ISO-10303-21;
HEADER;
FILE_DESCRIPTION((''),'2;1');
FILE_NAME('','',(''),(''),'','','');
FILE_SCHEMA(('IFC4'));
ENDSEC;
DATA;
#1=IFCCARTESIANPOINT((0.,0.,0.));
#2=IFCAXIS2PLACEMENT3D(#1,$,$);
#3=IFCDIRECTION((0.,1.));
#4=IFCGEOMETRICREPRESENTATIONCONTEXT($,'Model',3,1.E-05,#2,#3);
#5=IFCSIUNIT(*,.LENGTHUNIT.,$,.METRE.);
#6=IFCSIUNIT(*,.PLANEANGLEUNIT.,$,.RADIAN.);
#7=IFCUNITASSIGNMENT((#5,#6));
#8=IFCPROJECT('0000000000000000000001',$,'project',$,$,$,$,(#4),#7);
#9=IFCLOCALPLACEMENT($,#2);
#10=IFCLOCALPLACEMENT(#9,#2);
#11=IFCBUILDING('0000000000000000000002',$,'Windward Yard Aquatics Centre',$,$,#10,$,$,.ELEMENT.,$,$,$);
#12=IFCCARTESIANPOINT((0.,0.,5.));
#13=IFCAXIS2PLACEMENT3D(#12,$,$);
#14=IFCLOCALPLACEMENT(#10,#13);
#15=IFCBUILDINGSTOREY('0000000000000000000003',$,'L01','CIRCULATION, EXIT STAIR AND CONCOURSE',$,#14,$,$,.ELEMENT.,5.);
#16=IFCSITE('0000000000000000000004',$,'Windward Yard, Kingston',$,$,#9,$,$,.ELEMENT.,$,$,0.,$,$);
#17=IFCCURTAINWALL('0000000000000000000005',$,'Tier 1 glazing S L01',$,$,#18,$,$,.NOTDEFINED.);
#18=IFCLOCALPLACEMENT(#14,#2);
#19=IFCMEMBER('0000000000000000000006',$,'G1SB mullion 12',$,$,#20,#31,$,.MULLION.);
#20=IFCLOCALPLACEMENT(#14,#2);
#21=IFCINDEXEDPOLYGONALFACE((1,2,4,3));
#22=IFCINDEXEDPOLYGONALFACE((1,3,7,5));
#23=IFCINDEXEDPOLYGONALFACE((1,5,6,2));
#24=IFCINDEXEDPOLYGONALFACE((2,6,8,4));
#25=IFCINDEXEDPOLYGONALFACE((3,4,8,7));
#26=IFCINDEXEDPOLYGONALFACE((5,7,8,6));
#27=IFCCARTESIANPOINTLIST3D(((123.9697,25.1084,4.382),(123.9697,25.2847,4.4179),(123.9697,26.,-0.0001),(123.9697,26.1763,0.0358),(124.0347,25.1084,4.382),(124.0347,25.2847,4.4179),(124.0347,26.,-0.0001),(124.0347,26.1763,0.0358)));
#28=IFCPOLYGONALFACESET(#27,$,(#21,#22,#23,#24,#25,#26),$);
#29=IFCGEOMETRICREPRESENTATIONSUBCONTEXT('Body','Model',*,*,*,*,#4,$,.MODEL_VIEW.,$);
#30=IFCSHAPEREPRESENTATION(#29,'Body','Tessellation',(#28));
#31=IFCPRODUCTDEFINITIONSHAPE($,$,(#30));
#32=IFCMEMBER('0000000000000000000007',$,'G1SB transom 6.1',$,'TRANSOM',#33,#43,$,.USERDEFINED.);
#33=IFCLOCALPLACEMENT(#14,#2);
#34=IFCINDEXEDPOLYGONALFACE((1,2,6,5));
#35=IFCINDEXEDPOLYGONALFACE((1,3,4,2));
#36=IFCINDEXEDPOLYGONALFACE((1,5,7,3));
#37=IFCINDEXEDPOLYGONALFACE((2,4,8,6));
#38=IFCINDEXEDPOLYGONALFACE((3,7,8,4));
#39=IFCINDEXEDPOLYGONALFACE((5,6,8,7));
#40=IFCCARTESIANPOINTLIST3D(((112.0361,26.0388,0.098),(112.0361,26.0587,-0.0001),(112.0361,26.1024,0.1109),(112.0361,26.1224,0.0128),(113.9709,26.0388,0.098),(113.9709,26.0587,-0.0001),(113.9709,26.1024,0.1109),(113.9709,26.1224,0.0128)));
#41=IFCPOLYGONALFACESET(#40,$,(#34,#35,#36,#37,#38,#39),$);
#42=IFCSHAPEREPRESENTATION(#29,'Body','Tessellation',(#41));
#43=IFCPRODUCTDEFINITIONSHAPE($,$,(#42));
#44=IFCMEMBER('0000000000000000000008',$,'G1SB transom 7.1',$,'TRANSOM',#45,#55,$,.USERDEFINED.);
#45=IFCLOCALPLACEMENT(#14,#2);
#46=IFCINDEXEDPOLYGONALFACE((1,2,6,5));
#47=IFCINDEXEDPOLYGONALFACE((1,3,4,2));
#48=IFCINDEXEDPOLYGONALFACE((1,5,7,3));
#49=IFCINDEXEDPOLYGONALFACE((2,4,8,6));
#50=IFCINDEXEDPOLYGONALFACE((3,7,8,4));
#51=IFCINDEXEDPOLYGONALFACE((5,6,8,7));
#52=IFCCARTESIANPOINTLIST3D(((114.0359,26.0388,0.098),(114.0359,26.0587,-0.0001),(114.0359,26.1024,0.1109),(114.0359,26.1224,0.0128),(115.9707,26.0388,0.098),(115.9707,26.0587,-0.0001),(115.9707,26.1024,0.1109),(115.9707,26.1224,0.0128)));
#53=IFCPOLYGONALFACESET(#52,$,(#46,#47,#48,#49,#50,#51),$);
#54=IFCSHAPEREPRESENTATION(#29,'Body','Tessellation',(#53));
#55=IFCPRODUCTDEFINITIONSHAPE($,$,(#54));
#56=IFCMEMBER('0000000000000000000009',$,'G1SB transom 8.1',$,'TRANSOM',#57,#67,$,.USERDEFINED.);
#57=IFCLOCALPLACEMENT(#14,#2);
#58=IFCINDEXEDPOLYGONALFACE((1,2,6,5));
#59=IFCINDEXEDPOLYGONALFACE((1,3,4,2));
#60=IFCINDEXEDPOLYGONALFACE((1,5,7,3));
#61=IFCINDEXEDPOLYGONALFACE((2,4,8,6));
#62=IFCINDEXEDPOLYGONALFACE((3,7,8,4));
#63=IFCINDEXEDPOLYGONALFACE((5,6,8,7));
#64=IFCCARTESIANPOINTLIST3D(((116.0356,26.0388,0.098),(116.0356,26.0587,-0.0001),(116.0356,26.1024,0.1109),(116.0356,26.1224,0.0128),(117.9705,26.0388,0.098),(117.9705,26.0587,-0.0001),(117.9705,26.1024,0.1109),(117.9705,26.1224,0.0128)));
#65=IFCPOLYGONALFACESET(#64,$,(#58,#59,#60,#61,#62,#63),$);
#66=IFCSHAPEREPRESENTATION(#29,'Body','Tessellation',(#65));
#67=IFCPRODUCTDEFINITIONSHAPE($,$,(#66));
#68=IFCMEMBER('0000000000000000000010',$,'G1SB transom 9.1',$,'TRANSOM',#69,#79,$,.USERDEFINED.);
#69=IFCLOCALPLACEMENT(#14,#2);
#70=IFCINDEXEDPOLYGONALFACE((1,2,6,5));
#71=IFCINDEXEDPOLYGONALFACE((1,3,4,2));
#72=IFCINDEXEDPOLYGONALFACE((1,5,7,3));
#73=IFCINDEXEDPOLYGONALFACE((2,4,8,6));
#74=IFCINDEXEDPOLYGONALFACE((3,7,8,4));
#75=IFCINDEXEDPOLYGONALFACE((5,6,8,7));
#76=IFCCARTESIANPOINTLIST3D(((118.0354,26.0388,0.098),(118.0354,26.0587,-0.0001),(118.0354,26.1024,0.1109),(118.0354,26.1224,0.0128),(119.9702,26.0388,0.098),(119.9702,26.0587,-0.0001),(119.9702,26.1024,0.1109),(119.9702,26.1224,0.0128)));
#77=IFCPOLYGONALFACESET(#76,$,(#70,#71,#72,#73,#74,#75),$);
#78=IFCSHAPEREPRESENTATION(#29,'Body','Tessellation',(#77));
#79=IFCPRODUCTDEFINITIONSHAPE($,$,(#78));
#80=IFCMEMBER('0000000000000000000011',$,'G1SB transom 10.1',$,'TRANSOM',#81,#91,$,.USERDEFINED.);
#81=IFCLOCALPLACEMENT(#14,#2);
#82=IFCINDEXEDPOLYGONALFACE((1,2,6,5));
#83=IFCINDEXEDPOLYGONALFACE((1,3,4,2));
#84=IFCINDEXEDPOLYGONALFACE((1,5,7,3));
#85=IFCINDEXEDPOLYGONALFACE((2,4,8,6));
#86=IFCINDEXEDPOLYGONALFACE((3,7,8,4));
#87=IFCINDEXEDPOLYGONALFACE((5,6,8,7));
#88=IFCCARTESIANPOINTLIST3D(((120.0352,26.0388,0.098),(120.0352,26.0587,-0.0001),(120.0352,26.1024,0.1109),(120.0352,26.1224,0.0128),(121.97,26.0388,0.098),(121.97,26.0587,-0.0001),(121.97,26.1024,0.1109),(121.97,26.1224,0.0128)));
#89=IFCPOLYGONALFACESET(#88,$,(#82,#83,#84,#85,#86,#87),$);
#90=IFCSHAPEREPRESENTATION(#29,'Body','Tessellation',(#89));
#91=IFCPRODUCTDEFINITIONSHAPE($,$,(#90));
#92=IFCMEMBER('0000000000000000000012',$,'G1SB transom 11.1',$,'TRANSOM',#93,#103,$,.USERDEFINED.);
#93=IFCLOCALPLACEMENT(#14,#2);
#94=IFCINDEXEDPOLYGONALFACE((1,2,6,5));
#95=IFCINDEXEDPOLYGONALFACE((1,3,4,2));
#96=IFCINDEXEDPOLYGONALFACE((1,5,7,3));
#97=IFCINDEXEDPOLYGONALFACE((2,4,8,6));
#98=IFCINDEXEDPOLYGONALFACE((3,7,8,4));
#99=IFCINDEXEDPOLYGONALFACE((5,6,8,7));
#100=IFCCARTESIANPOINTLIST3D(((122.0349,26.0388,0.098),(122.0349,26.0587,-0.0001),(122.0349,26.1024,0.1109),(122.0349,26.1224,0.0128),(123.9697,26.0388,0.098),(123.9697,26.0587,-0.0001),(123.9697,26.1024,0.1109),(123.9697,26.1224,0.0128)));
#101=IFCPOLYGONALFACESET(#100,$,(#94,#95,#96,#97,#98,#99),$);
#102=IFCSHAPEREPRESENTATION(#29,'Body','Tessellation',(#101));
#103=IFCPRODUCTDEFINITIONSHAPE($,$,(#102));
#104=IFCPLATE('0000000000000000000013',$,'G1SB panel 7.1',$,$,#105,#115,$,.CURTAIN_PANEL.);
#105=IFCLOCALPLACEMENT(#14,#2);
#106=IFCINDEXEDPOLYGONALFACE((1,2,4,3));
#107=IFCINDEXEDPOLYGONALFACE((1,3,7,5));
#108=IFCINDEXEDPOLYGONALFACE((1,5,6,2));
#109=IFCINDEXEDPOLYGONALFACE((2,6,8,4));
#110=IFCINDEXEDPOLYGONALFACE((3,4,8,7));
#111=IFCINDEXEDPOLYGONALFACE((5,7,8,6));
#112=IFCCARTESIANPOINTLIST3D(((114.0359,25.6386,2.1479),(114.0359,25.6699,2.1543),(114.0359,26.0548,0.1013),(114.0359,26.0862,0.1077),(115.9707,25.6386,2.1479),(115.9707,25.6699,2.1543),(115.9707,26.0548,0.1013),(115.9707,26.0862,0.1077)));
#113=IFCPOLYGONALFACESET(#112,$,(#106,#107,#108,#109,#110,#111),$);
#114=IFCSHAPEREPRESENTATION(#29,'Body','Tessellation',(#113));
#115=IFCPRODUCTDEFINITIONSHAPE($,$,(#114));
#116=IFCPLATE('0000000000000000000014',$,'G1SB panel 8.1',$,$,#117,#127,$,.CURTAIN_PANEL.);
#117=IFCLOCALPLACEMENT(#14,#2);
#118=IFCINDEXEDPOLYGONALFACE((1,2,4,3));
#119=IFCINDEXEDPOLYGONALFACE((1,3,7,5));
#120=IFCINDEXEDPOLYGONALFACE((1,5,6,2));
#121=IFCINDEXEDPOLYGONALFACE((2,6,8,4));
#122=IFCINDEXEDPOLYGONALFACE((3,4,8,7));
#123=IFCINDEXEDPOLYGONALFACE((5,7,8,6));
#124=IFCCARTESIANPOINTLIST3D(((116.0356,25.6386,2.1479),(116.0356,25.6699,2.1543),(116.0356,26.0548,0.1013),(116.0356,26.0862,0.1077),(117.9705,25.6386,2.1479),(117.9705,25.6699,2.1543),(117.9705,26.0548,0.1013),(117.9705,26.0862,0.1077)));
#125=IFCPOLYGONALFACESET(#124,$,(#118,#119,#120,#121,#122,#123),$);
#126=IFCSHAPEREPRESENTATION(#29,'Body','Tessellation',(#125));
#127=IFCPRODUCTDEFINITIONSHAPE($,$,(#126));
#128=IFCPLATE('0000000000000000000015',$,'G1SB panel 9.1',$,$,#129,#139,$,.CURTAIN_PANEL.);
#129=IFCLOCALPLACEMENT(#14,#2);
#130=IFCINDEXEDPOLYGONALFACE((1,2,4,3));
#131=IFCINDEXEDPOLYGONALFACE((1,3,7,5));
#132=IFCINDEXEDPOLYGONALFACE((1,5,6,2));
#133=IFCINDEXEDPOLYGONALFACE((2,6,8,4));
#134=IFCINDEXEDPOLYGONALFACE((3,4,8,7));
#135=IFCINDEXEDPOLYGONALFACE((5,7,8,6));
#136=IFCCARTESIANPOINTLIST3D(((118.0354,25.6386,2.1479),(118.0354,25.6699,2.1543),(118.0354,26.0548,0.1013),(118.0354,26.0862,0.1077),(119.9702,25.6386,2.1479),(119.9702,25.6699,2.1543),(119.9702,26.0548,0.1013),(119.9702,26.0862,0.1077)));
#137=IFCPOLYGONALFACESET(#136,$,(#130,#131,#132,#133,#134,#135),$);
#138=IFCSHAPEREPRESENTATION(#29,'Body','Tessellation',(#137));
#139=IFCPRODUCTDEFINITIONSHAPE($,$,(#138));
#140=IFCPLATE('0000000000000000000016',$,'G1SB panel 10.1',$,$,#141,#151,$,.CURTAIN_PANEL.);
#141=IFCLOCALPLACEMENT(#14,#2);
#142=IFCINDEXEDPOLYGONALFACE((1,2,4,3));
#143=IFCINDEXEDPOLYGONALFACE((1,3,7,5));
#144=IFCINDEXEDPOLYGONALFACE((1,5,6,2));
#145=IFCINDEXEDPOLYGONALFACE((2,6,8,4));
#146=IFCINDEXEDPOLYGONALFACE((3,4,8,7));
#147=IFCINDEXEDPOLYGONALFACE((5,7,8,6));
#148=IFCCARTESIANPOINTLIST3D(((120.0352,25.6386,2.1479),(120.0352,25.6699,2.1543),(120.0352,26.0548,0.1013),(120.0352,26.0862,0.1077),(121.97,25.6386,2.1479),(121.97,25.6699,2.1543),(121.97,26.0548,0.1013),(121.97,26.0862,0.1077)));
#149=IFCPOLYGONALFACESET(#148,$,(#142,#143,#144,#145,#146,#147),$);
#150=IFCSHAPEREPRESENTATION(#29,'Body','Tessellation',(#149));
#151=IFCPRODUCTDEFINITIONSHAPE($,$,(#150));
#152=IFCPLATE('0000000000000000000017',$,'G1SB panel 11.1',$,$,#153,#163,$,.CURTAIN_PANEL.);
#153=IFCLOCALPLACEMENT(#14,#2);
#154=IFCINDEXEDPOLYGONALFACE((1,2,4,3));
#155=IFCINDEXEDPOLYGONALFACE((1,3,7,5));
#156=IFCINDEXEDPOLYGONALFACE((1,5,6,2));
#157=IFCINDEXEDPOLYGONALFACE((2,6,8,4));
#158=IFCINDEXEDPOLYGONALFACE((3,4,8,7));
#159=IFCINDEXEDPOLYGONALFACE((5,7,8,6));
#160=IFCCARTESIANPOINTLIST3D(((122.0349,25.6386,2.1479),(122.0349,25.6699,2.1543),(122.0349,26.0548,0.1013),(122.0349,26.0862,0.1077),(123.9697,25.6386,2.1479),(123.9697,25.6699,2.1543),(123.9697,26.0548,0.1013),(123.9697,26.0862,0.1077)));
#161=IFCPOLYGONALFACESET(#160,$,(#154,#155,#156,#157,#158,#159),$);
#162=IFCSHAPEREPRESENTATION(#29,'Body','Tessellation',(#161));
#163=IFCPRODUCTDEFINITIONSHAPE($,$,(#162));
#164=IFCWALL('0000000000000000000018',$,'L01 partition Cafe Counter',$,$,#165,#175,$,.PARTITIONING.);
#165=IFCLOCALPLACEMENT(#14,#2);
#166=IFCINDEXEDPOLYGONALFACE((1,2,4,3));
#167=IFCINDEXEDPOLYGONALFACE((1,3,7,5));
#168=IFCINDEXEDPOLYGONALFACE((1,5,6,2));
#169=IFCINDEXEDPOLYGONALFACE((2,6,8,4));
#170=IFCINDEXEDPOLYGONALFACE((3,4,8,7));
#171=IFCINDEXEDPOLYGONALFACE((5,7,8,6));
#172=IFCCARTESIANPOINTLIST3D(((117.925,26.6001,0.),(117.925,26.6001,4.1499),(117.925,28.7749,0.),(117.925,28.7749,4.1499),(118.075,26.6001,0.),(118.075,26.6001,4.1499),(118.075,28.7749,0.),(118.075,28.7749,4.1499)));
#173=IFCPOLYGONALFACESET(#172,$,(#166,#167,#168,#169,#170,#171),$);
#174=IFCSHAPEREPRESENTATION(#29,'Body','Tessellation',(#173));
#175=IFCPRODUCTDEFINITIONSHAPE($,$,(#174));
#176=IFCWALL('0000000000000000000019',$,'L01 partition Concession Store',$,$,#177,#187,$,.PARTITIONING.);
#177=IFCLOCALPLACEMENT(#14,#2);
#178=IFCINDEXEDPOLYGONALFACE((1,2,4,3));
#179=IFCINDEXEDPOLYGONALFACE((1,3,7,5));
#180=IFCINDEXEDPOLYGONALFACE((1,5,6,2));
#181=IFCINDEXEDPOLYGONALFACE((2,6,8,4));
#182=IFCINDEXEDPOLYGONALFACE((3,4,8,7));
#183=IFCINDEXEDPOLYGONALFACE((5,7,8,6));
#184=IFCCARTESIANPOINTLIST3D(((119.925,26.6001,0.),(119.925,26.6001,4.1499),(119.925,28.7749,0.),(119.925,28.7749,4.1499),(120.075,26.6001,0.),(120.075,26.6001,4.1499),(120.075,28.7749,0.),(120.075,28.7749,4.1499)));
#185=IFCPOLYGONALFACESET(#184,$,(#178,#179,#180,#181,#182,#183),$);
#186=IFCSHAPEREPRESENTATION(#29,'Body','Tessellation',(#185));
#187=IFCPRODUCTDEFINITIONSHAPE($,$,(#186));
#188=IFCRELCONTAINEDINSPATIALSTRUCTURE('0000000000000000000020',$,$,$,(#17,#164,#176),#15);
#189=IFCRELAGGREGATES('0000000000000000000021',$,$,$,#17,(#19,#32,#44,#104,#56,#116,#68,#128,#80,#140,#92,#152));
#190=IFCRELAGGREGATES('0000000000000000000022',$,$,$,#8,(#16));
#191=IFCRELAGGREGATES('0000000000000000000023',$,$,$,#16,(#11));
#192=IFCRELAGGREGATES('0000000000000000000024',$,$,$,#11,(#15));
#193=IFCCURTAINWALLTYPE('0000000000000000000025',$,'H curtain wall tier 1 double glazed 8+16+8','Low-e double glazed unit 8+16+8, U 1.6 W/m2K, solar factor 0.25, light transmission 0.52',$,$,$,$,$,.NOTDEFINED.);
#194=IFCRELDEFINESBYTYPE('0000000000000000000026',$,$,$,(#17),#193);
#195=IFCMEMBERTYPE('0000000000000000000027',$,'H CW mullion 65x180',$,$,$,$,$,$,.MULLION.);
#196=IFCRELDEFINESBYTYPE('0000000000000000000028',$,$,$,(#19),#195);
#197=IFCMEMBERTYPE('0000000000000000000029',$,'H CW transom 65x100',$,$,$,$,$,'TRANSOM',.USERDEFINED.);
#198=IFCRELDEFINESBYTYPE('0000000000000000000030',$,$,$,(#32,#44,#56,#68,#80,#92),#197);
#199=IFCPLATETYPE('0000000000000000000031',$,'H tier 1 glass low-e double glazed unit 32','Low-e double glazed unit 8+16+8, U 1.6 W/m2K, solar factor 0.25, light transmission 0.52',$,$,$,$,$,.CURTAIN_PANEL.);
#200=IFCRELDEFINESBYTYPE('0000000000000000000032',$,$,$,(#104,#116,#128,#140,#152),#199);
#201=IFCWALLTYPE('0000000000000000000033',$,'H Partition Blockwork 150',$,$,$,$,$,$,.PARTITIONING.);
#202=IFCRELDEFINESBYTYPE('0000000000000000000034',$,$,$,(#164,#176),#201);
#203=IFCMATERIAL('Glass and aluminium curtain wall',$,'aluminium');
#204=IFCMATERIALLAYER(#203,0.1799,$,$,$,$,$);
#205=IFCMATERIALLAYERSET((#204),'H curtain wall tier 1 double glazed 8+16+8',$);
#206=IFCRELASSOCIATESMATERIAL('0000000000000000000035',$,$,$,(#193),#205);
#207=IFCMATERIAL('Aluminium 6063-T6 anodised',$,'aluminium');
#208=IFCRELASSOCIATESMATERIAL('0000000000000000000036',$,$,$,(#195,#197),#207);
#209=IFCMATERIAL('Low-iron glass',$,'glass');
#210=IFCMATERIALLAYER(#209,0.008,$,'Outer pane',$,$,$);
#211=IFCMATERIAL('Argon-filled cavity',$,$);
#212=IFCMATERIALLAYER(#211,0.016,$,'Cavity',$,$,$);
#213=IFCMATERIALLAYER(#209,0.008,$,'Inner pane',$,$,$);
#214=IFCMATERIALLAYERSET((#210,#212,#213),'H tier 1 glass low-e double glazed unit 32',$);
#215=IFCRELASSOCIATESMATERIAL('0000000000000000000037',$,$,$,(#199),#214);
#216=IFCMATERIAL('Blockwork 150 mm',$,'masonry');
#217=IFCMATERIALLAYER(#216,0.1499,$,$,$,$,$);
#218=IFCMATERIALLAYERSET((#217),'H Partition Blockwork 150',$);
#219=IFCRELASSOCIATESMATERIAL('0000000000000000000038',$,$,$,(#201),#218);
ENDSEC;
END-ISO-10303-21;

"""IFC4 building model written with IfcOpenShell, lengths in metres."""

from ifc_helpers import new_model, si_unit, direction, frame, frame_2d, origin, origin_2d, place, context, subcontext, project, spatial, polyline, rectangle, outline, extrude, material, layer, layer_set, material_profile, profile_set, type_object, element, aggregate, save


model = new_model("IFC4")

# Units and contexts
model_context = context("Model", 3, precision=1e-05, world=origin(), true_north=direction((0.0, 1.0)))
body_context = subcontext(model_context, "Body", "Model", "MODEL_VIEW")
ifc_project = project(units=[si_unit("LENGTHUNIT", "METRE"), si_unit("PLANEANGLEUNIT", "RADIAN")], contexts=[model_context])

# Site, building, storey
site_placement = place(None, origin())
site = spatial("IfcSite", under=ifc_project, at=site_placement, Name="Windward Yard, Kingston", CompositionType="ELEMENT", RefElevation=0.0)
building_placement = place(site_placement, origin())
building = spatial("IfcBuilding", under=site, at=building_placement, Name="Windward Yard Aquatics Centre", CompositionType="ELEMENT")
storey_placement = place(building_placement, frame((0.0, 0.0, 5.0)))
storey = spatial("IfcBuildingStorey", under=building, at=storey_placement, Name="L01", Description="CIRCULATION, EXIT STAIR AND CONCOURSE", CompositionType="ELEMENT", Elevation=5.0)

# Curtain wall, members, plates
ifc_material_1 = material(Name="Glass and aluminium curtain wall", Category="aluminium")
ifc_layer_1 = layer(ifc_material_1, 0.1799)
ifc_layer_set_1 = layer_set([ifc_layer_1], Name="H curtain wall tier 1 double glazed 8+16+8")
curtain_wall_type = type_object("IfcCurtainWallType", Name="H curtain wall tier 1 double glazed 8+16+8", Description="Low-e double glazed unit 8+16+8, U 1.6 W/m2K, solar factor 0.25, light transmission 0.52", PredefinedType="NOTDEFINED", material=ifc_layer_set_1)
curtain_wall_placement = place(storey_placement, origin())
curtain_wall = element("IfcCurtainWall", 1, at=curtain_wall_placement, inside=storey, type_object=curtain_wall_type, Name="Tier 1 glazing S L01", PredefinedType="NOTDEFINED")
ifc_material_2 = material(Name="Aluminium 6063-T6 anodised", Category="aluminium")
ifc_material_profile_1 = material_profile(ifc_material_2, rectangle(XDim=0.0649, YDim=0.1799, at=origin_2d()), Name="H CW mullion 65x180")
ifc_profile_set_1 = profile_set([ifc_material_profile_1], Name="Aluminium 6063-T6 anodised")
member_type_1 = type_object("IfcMemberType", Name="H CW mullion 65x180", PredefinedType="MULLION", material=ifc_profile_set_1)
member_1_placement = place(storey_placement, frame((124.0022, 26.0881, 0.0178), z_axis=(0.0, -0.19938, 0.979922), x_axis=(1.0, 0.0, 0.0)))
member_1 = element("IfcMember", 2, at=member_1_placement, type_object=member_type_1, Name="G1SB mullion 12", PredefinedType="MULLION", context=body_context, shape_type="SweptSolid", body=[
    extrude(rectangle(XDim=0.0649, YDim=0.1799, at=origin_2d()), origin(), (0.0, 0.0, 1.0), 4.4719),
])
ifc_material_profile_2 = material_profile(ifc_material_2, rectangle(XDim=0.0649, YDim=0.1001, at=origin_2d()), Name="H CW transom 65x100")
ifc_profile_set_2 = profile_set([ifc_material_profile_2], Name="Aluminium 6063-T6 anodised")
member_type_2 = type_object("IfcMemberType", Name="H CW transom 65x100", ElementType="TRANSOM", PredefinedType="USERDEFINED", material=ifc_profile_set_2)
member_2_placement = place(storey_placement, frame((112.0361, 26.0806, 0.0554), z_axis=(1.0, 0.0, 0.0), x_axis=(0.0, 0.979925, 0.199368)))
member_2 = element("IfcMember", 3, at=member_2_placement, type_object=member_type_2, Name="G1SB transom 6.1", ObjectType="TRANSOM", PredefinedType="USERDEFINED", context=body_context, shape_type="SweptSolid", body=[
    extrude(rectangle(XDim=0.0649, YDim=0.1001, at=origin_2d()), origin(), (0.0, 0.0, 1.0), 1.9348),
])
member_3_placement = place(storey_placement, frame((114.0359, 26.0806, 0.0554), z_axis=(1.0, 0.0, 0.0), x_axis=(0.0, 0.979925, 0.199368)))
member_3 = element("IfcMember", 4, at=member_3_placement, type_object=member_type_2, Name="G1SB transom 7.1", ObjectType="TRANSOM", PredefinedType="USERDEFINED", context=body_context, shape_type="SweptSolid", body=[
    extrude(rectangle(XDim=0.0649, YDim=0.1001, at=origin_2d()), origin(), (0.0, 0.0, 1.0), 1.9348),
])
member_4_placement = place(storey_placement, frame((116.0356, 26.0806, 0.0554), z_axis=(1.0, 0.0, 0.0), x_axis=(0.0, 0.979925, 0.199368)))
member_4 = element("IfcMember", 5, at=member_4_placement, type_object=member_type_2, Name="G1SB transom 8.1", ObjectType="TRANSOM", PredefinedType="USERDEFINED", context=body_context, shape_type="SweptSolid", body=[
    extrude(rectangle(XDim=0.0649, YDim=0.1001, at=origin_2d()), origin(), (0.0, 0.0, 1.0), 1.9348),
])
member_5_placement = place(storey_placement, frame((118.0354, 26.0806, 0.0554), z_axis=(1.0, 0.0, 0.0), x_axis=(0.0, 0.979925, 0.199368)))
member_5 = element("IfcMember", 6, at=member_5_placement, type_object=member_type_2, Name="G1SB transom 9.1", ObjectType="TRANSOM", PredefinedType="USERDEFINED", context=body_context, shape_type="SweptSolid", body=[
    extrude(rectangle(XDim=0.0649, YDim=0.1001, at=origin_2d()), origin(), (0.0, 0.0, 1.0), 1.9348),
])
member_6_placement = place(storey_placement, frame((120.0352, 26.0806, 0.0554), z_axis=(1.0, 0.0, 0.0), x_axis=(0.0, 0.979925, 0.199368)))
member_6 = element("IfcMember", 7, at=member_6_placement, type_object=member_type_2, Name="G1SB transom 10.1", ObjectType="TRANSOM", PredefinedType="USERDEFINED", context=body_context, shape_type="SweptSolid", body=[
    extrude(rectangle(XDim=0.0649, YDim=0.1001, at=origin_2d()), origin(), (0.0, 0.0, 1.0), 1.9348),
])
member_7_placement = place(storey_placement, frame((122.0349, 26.0806, 0.0554), z_axis=(1.0, 0.0, 0.0), x_axis=(0.0, 0.979925, 0.199368)))
member_7 = element("IfcMember", 8, at=member_7_placement, type_object=member_type_2, Name="G1SB transom 11.1", ObjectType="TRANSOM", PredefinedType="USERDEFINED", context=body_context, shape_type="SweptSolid", body=[
    extrude(rectangle(XDim=0.0649, YDim=0.1001, at=origin_2d()), origin(), (0.0, 0.0, 1.0), 1.9348),
])
ifc_material_3 = material(Name="Low-iron glass", Category="glass")
ifc_layer_2 = layer(ifc_material_3, 0.008, Name="Outer pane")
ifc_material_4 = material(Name="Argon-filled cavity")
ifc_layer_3 = layer(ifc_material_4, 0.016, Name="Cavity")
ifc_layer_4 = layer(ifc_material_3, 0.008, Name="Inner pane")
ifc_layer_set_2 = layer_set([ifc_layer_2, ifc_layer_3, ifc_layer_4], Name="H tier 1 glass low-e double glazed unit 32")
plate_type = type_object("IfcPlateType", Name="H tier 1 glass low-e double glazed unit 32", Description="Low-e double glazed unit 8+16+8, U 1.6 W/m2K, solar factor 0.25, light transmission 0.52", PredefinedType="CURTAIN_PANEL", material=ifc_layer_set_2)
plate_1_placement = place(storey_placement, frame((114.0359, 25.6699, 2.1543), z_axis=(0.0, 0.979937, 0.199307), x_axis=(0.0, 0.199307, -0.979937)))
plate_1 = element("IfcPlate", 9, at=plate_1_placement, type_object=plate_type, Name="G1SB panel 7.1", PredefinedType="CURTAIN_PANEL", context=body_context, shape_type="SweptSolid", body=[
    extrude(outline(polyline([(0.0, 0.0), (2.0885, 0.0), (2.0885, -1.9348), (0.0, -1.9348), (0.0, 0.0)])), origin(), (0.0, 0.0, -1.0), 0.032),
])
plate_2_placement = place(storey_placement, frame((116.0356, 25.6699, 2.1543), z_axis=(0.0, 0.979937, 0.199307), x_axis=(0.0, 0.199307, -0.979937)))
plate_2 = element("IfcPlate", 10, at=plate_2_placement, type_object=plate_type, Name="G1SB panel 8.1", PredefinedType="CURTAIN_PANEL", context=body_context, shape_type="SweptSolid", body=[
    extrude(outline(polyline([(0.0, 0.0), (2.0885, 0.0), (2.0885, -1.9348), (0.0, -1.9348), (0.0, 0.0)])), origin(), (0.0, 0.0, -1.0), 0.032),
])
plate_3_placement = place(storey_placement, frame((118.0354, 25.6699, 2.1543), z_axis=(0.0, 0.979937, 0.199307), x_axis=(0.0, 0.199307, -0.979937)))
plate_3 = element("IfcPlate", 11, at=plate_3_placement, type_object=plate_type, Name="G1SB panel 9.1", PredefinedType="CURTAIN_PANEL", context=body_context, shape_type="SweptSolid", body=[
    extrude(outline(polyline([(0.0, 0.0), (2.0885, 0.0), (2.0885, -1.9348), (0.0, -1.9348), (0.0, 0.0)])), origin(), (0.0, 0.0, -1.0), 0.032),
])
plate_4_placement = place(storey_placement, frame((120.0352, 25.6699, 2.1543), z_axis=(0.0, 0.979937, 0.199307), x_axis=(0.0, 0.199307, -0.979937)))
plate_4 = element("IfcPlate", 12, at=plate_4_placement, type_object=plate_type, Name="G1SB panel 10.1", PredefinedType="CURTAIN_PANEL", context=body_context, shape_type="SweptSolid", body=[
    extrude(outline(polyline([(0.0, 0.0), (2.0885, 0.0), (2.0885, -1.9348), (0.0, -1.9348), (0.0, 0.0)])), origin(), (0.0, 0.0, -1.0), 0.032),
])
plate_5_placement = place(storey_placement, frame((122.0349, 25.6699, 2.1543), z_axis=(0.0, 0.979937, 0.199307), x_axis=(0.0, 0.199307, -0.979937)))
plate_5 = element("IfcPlate", 13, at=plate_5_placement, type_object=plate_type, Name="G1SB panel 11.1", PredefinedType="CURTAIN_PANEL", context=body_context, shape_type="SweptSolid", body=[
    extrude(outline(polyline([(0.0, 0.0), (2.0885, 0.0), (2.0885, -1.9348), (0.0, -1.9348), (0.0, 0.0)])), origin(), (0.0, 0.0, -1.0), 0.032),
])
aggregate(curtain_wall, [member_1, member_2, member_3, plate_1, member_4, plate_2, member_5, plate_3, member_6, plate_4, member_7, plate_5])

# Walls
ifc_material_5 = material(Name="Blockwork 150 mm", Category="masonry")
ifc_layer_5 = layer(ifc_material_5, 0.1499)
ifc_layer_set_3 = layer_set([ifc_layer_5], Name="H Partition Blockwork 150")
wall_type = type_object("IfcWallType", Name="H Partition Blockwork 150", PredefinedType="PARTITIONING", material=ifc_layer_set_3)
for number, where, z_axis, x_axis, name in (
    (14, (118.0, 26.6001, 0.0), (0.0, 0.0, 1.0), (0.0, 1.0, 0.0), "L01 partition Cafe Counter"),
    (15, (120.0, 26.6001, 0.0), (0.0, 0.0, 1.0), (0.0, 1.0, 0.0), "L01 partition Concession Store"),
):
    element("IfcWall", number, at=place(storey_placement, frame(where, z_axis=z_axis, x_axis=x_axis)), inside=storey, type_object=wall_type, Name=name, PredefinedType="PARTITIONING", context=body_context, shape_type="SweptSolid", body=[
        extrude(rectangle(XDim=2.1748, YDim=0.1499, at=frame_2d((1.0874, 0.0))), origin(), (0.0, 0.0, 1.0), 4.1499),
    ])

save(model, "model.ifc")
